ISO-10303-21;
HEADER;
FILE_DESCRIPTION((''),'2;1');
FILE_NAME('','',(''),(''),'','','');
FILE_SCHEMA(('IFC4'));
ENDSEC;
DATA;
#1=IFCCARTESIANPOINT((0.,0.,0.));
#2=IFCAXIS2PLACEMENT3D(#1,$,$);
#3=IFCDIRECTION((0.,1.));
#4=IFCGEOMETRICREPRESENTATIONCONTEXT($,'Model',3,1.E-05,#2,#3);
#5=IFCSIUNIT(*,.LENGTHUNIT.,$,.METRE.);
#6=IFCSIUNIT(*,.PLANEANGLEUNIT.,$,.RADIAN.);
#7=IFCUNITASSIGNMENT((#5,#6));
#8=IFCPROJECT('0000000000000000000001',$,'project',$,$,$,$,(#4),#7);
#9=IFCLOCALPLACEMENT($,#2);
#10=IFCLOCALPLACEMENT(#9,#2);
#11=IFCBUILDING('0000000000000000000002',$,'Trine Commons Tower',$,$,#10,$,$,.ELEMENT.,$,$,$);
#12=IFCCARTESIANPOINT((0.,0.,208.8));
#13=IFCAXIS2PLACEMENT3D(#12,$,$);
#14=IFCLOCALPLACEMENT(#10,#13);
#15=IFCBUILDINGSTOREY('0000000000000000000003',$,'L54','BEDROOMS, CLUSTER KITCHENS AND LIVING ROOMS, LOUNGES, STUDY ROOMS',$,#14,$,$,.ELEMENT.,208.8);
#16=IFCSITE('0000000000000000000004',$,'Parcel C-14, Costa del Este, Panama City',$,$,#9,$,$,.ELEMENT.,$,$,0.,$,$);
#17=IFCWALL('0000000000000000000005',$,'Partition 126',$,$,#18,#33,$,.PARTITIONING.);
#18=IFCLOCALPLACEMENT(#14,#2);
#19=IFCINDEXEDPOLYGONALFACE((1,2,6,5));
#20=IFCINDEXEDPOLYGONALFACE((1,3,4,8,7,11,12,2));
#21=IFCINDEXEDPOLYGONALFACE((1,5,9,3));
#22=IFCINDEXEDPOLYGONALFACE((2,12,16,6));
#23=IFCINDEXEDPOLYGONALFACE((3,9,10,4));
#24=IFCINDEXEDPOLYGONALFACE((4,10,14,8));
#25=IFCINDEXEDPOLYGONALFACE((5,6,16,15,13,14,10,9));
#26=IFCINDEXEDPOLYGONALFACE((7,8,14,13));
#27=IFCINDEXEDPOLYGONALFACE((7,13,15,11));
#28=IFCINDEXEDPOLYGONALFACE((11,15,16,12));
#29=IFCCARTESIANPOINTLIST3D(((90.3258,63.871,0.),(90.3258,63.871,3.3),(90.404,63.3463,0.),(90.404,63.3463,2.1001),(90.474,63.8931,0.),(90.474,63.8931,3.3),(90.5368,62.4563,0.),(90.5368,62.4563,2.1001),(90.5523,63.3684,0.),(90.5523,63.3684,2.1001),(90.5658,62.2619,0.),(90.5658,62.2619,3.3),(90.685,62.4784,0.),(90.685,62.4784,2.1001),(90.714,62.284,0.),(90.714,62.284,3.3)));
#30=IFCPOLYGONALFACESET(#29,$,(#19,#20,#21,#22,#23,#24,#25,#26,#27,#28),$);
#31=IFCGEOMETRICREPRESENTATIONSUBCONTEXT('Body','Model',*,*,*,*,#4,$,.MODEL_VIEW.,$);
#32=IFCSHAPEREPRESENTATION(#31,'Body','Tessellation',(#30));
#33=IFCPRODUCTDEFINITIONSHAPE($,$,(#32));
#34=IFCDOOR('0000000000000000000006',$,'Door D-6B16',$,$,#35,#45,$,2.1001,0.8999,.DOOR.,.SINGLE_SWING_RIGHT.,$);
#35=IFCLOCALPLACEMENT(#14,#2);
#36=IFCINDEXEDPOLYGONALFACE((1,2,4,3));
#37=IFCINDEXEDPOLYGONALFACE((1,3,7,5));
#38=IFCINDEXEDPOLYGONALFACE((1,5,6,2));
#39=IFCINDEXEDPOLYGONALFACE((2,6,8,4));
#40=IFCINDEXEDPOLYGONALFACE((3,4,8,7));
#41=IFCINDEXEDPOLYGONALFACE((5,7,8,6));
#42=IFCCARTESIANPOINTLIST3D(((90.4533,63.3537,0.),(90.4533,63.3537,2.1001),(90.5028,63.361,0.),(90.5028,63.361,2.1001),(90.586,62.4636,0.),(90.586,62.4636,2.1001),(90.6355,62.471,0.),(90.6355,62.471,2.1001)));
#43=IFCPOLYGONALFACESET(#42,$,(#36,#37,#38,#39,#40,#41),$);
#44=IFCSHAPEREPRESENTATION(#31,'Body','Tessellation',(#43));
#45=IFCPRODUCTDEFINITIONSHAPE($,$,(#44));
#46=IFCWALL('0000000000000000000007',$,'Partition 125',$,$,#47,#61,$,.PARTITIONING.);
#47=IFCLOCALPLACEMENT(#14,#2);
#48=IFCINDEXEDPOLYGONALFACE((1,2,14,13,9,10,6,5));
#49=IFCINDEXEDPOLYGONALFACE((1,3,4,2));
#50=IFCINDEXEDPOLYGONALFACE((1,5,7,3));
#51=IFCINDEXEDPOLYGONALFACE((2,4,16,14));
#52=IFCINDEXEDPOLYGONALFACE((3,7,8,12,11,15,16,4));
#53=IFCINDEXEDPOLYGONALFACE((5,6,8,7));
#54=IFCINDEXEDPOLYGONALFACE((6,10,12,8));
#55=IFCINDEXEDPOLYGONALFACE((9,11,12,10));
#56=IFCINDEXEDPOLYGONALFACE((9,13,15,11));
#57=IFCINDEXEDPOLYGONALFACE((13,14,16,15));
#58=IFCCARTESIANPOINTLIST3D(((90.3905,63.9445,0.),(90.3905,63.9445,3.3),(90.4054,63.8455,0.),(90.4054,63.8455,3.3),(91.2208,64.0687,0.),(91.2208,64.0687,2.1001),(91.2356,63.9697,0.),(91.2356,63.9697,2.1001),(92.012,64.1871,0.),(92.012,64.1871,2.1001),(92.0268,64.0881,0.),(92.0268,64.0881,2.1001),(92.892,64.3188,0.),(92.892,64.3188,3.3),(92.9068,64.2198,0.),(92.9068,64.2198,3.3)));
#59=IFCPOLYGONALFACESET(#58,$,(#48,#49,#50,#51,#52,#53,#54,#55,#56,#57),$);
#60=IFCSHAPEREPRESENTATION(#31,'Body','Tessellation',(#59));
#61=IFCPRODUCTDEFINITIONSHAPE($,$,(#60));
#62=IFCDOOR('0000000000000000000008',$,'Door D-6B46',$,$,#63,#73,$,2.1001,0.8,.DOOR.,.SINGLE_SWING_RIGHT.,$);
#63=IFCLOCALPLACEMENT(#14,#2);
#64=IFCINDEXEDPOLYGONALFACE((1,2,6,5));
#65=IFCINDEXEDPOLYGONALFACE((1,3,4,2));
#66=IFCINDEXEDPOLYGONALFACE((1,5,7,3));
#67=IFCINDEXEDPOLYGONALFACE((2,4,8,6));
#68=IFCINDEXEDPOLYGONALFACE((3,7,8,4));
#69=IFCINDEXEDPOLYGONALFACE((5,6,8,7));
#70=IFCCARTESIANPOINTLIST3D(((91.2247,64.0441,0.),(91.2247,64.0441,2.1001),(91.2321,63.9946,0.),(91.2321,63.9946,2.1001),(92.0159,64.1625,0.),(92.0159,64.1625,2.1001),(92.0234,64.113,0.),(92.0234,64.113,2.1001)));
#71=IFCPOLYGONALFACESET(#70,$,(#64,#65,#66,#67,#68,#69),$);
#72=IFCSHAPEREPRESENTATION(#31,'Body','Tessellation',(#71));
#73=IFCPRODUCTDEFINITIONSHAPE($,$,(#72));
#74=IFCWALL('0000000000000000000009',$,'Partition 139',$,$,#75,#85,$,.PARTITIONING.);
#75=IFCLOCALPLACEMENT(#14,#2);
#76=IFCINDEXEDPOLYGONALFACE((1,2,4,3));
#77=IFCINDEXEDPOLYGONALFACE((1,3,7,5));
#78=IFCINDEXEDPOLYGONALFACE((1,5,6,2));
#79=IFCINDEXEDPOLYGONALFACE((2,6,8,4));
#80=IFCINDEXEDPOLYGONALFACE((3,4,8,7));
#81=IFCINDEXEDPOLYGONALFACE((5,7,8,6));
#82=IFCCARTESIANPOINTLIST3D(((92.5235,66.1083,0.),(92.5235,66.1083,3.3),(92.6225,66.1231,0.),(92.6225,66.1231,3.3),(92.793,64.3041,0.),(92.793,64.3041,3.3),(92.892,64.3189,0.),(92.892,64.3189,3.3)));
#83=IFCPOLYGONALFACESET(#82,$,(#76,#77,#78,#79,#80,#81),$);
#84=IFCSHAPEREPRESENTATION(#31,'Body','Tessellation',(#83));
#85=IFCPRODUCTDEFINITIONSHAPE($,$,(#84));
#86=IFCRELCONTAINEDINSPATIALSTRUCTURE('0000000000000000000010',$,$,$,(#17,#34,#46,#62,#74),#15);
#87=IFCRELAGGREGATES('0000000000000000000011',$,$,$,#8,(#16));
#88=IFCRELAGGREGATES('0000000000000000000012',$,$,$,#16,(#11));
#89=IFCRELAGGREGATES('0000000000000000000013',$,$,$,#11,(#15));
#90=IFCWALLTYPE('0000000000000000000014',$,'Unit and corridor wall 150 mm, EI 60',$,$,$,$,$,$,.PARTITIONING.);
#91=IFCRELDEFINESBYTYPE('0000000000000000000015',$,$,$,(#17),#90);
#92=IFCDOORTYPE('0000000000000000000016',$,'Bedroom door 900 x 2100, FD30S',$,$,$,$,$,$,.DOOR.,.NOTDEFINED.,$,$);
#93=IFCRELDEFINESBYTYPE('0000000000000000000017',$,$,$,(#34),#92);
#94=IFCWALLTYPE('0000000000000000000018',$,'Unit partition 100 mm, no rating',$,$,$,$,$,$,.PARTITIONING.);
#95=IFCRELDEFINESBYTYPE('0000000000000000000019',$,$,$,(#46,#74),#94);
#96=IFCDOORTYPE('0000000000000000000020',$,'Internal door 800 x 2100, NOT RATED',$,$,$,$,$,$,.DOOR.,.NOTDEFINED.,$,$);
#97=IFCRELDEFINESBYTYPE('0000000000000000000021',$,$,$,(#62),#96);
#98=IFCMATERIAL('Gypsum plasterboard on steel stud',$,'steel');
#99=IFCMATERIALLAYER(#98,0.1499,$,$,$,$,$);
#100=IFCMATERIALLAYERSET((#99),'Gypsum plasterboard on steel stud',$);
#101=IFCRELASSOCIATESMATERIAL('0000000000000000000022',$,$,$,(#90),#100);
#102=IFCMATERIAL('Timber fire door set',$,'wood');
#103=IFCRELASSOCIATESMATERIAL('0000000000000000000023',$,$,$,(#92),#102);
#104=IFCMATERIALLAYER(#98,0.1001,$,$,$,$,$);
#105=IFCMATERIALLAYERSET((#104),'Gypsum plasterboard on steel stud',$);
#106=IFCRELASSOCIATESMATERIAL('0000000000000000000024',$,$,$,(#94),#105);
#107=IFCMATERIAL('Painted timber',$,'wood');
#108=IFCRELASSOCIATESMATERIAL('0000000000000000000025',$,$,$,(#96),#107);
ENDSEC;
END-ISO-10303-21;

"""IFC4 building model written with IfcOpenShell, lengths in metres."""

from ifc_helpers import new_model, si_unit, direction, frame, frame_2d, origin, place, context, subcontext, project, spatial, rectangle, extrude, material, layer, layer_set, type_object, element, fill, save


model = new_model("IFC4")

# Units and contexts
model_context = context("Model", 3, precision=1e-05, world=origin(), true_north=direction((0.0, 1.0)))
body_context = subcontext(model_context, "Body", "Model", "MODEL_VIEW")
ifc_project = project(units=[si_unit("LENGTHUNIT", "METRE"), si_unit("PLANEANGLEUNIT", "RADIAN")], contexts=[model_context])

# Site, building, storey
site_placement = place(None, origin())
site = spatial("IfcSite", under=ifc_project, at=site_placement, Name="Parcel C-14, Costa del Este, Panama City", CompositionType="ELEMENT", RefElevation=0.0)
building_placement = place(site_placement, origin())
building = spatial("IfcBuilding", under=site, at=building_placement, Name="Trine Commons Tower", CompositionType="ELEMENT")
storey_placement = place(building_placement, frame((0.0, 0.0, 208.8)))
storey = spatial("IfcBuildingStorey", under=building, at=storey_placement, Name="L54", Description="BEDROOMS, CLUSTER KITCHENS AND LIVING ROOMS, LOUNGES, STUDY ROOMS", CompositionType="ELEMENT", Elevation=208.8)

# Shared definitions
ifc_material_1 = material(Name="Gypsum plasterboard on steel stud", Category="steel")
ifc_layer_1 = layer(ifc_material_1, 0.1499)
ifc_layer_set_1 = layer_set([ifc_layer_1], Name="Gypsum plasterboard on steel stud")
wall_type_1 = type_object("IfcWallType", Name="Unit and corridor wall 150 mm, EI 60", PredefinedType="PARTITIONING", material=ifc_layer_set_1)
ifc_material_2 = material(Name="Timber fire door set", Category="wood")
door_type_1 = type_object("IfcDoorType", Name="Bedroom door 900 x 2100, FD30S", OperationType="NOTDEFINED", PredefinedType="DOOR", material=ifc_material_2)

# Walls, openings, doors
wall_1_placement = place(storey_placement, frame((90.3999, 63.8821, 0.0), z_axis=(0.0, 0.0, 1.0), x_axis=(0.147511, -0.98906, 0.0)))
wall_1 = element("IfcWall", 1, at=wall_1_placement, inside=storey, type_object=wall_type_1, Name="Partition 126", PredefinedType="PARTITIONING", context=body_context, shape_type="SweptSolid", body=[
    extrude(rectangle(XDim=1.627, YDim=0.1499, at=frame_2d((0.8135, 0.0))), origin(), (0.0, 0.0, 1.0), 3.3),
])
opening_1_placement = place(wall_1_placement, frame((0.5305, 0.0, 0.0)))
opening_1 = element("IfcOpeningElement", 2, at=opening_1_placement, cuts=wall_1, PredefinedType="OPENING", context=body_context, shape_type="SweptSolid", body=[
    extrude(rectangle(XDim=0.8999, YDim=2.1001, at=frame_2d((0.45, 1.05))), frame((0.0, 0.085, 0.0), z_axis=(0.0, -1.0, 0.0), x_axis=(1.0, 0.0, 0.0)), (0.0, 0.0, 1.0), 0.1699),
])
door_1_placement = place(opening_1_placement, origin())
door_1 = element("IfcDoor", 3, at=door_1_placement, inside=storey, type_object=door_type_1, Name="Door D-6B16", OperationType="SINGLE_SWING_RIGHT", OverallHeight=2.1001, OverallWidth=0.8999, PredefinedType="DOOR", context=body_context, shape_type="SweptSolid", body=[
    extrude(rectangle(XDim=0.8999, YDim=2.1001, at=frame_2d((0.45, 1.05))), frame((0.0, 0.0249, 0.0), z_axis=(0.0, -1.0, 0.0), x_axis=(1.0, 0.0, 0.0)), (0.0, 0.0, 1.0), 0.05),
])
fill(opening_1, door_1)
ifc_layer_2 = layer(ifc_material_1, 0.1001)
ifc_layer_set_2 = layer_set([ifc_layer_2], Name="Gypsum plasterboard on steel stud")
wall_type_2 = type_object("IfcWallType", Name="Unit partition 100 mm, no rating", PredefinedType="PARTITIONING", material=ifc_layer_set_2)
wall_2_placement = place(storey_placement, frame((90.3979, 63.895, 0.0), z_axis=(0.0, 0.0, 1.0), x_axis=(0.988992, 0.147972, 0.0)))
wall_2 = element("IfcWall", 4, at=wall_2_placement, inside=storey, type_object=wall_type_2, Name="Partition 125", PredefinedType="PARTITIONING", context=body_context, shape_type="SweptSolid", body=[
    extrude(rectangle(XDim=2.5293, YDim=0.1001, at=frame_2d((1.2646, 0.0))), origin(), (0.0, 0.0, 1.0), 3.3),
])
opening_2_placement = place(wall_2_placement, frame((0.8396, 0.0, 0.0)))
opening_2 = element("IfcOpeningElement", 5, at=opening_2_placement, cuts=wall_2, PredefinedType="OPENING", context=body_context, shape_type="SweptSolid", body=[
    extrude(rectangle(XDim=0.8, YDim=2.1001, at=frame_2d((0.3999, 1.05))), frame((0.0, 0.0601, 0.0), z_axis=(0.0, -1.0, 0.0), x_axis=(1.0, 0.0, 0.0)), (0.0, 0.0, 1.0), 0.1201),
])
ifc_material_3 = material(Name="Painted timber", Category="wood")
door_type_2 = type_object("IfcDoorType", Name="Internal door 800 x 2100, NOT RATED", OperationType="NOTDEFINED", PredefinedType="DOOR", material=ifc_material_3)
door_2_placement = place(opening_2_placement, frame((0.8, 0.0, 0.0), z_axis=(0.0, 0.0, 1.0), x_axis=(-1.0, 0.0, 0.0)))
door_2 = element("IfcDoor", 6, at=door_2_placement, inside=storey, type_object=door_type_2, Name="Door D-6B46", OperationType="SINGLE_SWING_RIGHT", OverallHeight=2.1001, OverallWidth=0.8, PredefinedType="DOOR", context=body_context, shape_type="SweptSolid", body=[
    extrude(rectangle(XDim=0.8, YDim=2.1001, at=frame_2d((0.3999, 1.05))), frame((0.0, 0.0249, 0.0), z_axis=(0.0, -1.0, 0.0), x_axis=(1.0, 0.0, 0.0)), (0.0, 0.0, 1.0), 0.05),
])
fill(opening_2, door_2)

# Wall
wall_3_placement = place(storey_placement, frame((92.573, 66.1157, 0.0), z_axis=(0.0, 0.0, 1.0), x_axis=(0.147751, -0.989025, 0.0)))
element("IfcWall", 7, at=wall_3_placement, inside=storey, type_object=wall_type_2, Name="Partition 139", PredefinedType="PARTITIONING", context=body_context, shape_type="SweptSolid", body=[
    extrude(rectangle(XDim=1.8242, YDim=0.1001, at=frame_2d((0.9121, 0.0))), origin(), (0.0, 0.0, 1.0), 3.3),
])

save(model, "model.ifc")
